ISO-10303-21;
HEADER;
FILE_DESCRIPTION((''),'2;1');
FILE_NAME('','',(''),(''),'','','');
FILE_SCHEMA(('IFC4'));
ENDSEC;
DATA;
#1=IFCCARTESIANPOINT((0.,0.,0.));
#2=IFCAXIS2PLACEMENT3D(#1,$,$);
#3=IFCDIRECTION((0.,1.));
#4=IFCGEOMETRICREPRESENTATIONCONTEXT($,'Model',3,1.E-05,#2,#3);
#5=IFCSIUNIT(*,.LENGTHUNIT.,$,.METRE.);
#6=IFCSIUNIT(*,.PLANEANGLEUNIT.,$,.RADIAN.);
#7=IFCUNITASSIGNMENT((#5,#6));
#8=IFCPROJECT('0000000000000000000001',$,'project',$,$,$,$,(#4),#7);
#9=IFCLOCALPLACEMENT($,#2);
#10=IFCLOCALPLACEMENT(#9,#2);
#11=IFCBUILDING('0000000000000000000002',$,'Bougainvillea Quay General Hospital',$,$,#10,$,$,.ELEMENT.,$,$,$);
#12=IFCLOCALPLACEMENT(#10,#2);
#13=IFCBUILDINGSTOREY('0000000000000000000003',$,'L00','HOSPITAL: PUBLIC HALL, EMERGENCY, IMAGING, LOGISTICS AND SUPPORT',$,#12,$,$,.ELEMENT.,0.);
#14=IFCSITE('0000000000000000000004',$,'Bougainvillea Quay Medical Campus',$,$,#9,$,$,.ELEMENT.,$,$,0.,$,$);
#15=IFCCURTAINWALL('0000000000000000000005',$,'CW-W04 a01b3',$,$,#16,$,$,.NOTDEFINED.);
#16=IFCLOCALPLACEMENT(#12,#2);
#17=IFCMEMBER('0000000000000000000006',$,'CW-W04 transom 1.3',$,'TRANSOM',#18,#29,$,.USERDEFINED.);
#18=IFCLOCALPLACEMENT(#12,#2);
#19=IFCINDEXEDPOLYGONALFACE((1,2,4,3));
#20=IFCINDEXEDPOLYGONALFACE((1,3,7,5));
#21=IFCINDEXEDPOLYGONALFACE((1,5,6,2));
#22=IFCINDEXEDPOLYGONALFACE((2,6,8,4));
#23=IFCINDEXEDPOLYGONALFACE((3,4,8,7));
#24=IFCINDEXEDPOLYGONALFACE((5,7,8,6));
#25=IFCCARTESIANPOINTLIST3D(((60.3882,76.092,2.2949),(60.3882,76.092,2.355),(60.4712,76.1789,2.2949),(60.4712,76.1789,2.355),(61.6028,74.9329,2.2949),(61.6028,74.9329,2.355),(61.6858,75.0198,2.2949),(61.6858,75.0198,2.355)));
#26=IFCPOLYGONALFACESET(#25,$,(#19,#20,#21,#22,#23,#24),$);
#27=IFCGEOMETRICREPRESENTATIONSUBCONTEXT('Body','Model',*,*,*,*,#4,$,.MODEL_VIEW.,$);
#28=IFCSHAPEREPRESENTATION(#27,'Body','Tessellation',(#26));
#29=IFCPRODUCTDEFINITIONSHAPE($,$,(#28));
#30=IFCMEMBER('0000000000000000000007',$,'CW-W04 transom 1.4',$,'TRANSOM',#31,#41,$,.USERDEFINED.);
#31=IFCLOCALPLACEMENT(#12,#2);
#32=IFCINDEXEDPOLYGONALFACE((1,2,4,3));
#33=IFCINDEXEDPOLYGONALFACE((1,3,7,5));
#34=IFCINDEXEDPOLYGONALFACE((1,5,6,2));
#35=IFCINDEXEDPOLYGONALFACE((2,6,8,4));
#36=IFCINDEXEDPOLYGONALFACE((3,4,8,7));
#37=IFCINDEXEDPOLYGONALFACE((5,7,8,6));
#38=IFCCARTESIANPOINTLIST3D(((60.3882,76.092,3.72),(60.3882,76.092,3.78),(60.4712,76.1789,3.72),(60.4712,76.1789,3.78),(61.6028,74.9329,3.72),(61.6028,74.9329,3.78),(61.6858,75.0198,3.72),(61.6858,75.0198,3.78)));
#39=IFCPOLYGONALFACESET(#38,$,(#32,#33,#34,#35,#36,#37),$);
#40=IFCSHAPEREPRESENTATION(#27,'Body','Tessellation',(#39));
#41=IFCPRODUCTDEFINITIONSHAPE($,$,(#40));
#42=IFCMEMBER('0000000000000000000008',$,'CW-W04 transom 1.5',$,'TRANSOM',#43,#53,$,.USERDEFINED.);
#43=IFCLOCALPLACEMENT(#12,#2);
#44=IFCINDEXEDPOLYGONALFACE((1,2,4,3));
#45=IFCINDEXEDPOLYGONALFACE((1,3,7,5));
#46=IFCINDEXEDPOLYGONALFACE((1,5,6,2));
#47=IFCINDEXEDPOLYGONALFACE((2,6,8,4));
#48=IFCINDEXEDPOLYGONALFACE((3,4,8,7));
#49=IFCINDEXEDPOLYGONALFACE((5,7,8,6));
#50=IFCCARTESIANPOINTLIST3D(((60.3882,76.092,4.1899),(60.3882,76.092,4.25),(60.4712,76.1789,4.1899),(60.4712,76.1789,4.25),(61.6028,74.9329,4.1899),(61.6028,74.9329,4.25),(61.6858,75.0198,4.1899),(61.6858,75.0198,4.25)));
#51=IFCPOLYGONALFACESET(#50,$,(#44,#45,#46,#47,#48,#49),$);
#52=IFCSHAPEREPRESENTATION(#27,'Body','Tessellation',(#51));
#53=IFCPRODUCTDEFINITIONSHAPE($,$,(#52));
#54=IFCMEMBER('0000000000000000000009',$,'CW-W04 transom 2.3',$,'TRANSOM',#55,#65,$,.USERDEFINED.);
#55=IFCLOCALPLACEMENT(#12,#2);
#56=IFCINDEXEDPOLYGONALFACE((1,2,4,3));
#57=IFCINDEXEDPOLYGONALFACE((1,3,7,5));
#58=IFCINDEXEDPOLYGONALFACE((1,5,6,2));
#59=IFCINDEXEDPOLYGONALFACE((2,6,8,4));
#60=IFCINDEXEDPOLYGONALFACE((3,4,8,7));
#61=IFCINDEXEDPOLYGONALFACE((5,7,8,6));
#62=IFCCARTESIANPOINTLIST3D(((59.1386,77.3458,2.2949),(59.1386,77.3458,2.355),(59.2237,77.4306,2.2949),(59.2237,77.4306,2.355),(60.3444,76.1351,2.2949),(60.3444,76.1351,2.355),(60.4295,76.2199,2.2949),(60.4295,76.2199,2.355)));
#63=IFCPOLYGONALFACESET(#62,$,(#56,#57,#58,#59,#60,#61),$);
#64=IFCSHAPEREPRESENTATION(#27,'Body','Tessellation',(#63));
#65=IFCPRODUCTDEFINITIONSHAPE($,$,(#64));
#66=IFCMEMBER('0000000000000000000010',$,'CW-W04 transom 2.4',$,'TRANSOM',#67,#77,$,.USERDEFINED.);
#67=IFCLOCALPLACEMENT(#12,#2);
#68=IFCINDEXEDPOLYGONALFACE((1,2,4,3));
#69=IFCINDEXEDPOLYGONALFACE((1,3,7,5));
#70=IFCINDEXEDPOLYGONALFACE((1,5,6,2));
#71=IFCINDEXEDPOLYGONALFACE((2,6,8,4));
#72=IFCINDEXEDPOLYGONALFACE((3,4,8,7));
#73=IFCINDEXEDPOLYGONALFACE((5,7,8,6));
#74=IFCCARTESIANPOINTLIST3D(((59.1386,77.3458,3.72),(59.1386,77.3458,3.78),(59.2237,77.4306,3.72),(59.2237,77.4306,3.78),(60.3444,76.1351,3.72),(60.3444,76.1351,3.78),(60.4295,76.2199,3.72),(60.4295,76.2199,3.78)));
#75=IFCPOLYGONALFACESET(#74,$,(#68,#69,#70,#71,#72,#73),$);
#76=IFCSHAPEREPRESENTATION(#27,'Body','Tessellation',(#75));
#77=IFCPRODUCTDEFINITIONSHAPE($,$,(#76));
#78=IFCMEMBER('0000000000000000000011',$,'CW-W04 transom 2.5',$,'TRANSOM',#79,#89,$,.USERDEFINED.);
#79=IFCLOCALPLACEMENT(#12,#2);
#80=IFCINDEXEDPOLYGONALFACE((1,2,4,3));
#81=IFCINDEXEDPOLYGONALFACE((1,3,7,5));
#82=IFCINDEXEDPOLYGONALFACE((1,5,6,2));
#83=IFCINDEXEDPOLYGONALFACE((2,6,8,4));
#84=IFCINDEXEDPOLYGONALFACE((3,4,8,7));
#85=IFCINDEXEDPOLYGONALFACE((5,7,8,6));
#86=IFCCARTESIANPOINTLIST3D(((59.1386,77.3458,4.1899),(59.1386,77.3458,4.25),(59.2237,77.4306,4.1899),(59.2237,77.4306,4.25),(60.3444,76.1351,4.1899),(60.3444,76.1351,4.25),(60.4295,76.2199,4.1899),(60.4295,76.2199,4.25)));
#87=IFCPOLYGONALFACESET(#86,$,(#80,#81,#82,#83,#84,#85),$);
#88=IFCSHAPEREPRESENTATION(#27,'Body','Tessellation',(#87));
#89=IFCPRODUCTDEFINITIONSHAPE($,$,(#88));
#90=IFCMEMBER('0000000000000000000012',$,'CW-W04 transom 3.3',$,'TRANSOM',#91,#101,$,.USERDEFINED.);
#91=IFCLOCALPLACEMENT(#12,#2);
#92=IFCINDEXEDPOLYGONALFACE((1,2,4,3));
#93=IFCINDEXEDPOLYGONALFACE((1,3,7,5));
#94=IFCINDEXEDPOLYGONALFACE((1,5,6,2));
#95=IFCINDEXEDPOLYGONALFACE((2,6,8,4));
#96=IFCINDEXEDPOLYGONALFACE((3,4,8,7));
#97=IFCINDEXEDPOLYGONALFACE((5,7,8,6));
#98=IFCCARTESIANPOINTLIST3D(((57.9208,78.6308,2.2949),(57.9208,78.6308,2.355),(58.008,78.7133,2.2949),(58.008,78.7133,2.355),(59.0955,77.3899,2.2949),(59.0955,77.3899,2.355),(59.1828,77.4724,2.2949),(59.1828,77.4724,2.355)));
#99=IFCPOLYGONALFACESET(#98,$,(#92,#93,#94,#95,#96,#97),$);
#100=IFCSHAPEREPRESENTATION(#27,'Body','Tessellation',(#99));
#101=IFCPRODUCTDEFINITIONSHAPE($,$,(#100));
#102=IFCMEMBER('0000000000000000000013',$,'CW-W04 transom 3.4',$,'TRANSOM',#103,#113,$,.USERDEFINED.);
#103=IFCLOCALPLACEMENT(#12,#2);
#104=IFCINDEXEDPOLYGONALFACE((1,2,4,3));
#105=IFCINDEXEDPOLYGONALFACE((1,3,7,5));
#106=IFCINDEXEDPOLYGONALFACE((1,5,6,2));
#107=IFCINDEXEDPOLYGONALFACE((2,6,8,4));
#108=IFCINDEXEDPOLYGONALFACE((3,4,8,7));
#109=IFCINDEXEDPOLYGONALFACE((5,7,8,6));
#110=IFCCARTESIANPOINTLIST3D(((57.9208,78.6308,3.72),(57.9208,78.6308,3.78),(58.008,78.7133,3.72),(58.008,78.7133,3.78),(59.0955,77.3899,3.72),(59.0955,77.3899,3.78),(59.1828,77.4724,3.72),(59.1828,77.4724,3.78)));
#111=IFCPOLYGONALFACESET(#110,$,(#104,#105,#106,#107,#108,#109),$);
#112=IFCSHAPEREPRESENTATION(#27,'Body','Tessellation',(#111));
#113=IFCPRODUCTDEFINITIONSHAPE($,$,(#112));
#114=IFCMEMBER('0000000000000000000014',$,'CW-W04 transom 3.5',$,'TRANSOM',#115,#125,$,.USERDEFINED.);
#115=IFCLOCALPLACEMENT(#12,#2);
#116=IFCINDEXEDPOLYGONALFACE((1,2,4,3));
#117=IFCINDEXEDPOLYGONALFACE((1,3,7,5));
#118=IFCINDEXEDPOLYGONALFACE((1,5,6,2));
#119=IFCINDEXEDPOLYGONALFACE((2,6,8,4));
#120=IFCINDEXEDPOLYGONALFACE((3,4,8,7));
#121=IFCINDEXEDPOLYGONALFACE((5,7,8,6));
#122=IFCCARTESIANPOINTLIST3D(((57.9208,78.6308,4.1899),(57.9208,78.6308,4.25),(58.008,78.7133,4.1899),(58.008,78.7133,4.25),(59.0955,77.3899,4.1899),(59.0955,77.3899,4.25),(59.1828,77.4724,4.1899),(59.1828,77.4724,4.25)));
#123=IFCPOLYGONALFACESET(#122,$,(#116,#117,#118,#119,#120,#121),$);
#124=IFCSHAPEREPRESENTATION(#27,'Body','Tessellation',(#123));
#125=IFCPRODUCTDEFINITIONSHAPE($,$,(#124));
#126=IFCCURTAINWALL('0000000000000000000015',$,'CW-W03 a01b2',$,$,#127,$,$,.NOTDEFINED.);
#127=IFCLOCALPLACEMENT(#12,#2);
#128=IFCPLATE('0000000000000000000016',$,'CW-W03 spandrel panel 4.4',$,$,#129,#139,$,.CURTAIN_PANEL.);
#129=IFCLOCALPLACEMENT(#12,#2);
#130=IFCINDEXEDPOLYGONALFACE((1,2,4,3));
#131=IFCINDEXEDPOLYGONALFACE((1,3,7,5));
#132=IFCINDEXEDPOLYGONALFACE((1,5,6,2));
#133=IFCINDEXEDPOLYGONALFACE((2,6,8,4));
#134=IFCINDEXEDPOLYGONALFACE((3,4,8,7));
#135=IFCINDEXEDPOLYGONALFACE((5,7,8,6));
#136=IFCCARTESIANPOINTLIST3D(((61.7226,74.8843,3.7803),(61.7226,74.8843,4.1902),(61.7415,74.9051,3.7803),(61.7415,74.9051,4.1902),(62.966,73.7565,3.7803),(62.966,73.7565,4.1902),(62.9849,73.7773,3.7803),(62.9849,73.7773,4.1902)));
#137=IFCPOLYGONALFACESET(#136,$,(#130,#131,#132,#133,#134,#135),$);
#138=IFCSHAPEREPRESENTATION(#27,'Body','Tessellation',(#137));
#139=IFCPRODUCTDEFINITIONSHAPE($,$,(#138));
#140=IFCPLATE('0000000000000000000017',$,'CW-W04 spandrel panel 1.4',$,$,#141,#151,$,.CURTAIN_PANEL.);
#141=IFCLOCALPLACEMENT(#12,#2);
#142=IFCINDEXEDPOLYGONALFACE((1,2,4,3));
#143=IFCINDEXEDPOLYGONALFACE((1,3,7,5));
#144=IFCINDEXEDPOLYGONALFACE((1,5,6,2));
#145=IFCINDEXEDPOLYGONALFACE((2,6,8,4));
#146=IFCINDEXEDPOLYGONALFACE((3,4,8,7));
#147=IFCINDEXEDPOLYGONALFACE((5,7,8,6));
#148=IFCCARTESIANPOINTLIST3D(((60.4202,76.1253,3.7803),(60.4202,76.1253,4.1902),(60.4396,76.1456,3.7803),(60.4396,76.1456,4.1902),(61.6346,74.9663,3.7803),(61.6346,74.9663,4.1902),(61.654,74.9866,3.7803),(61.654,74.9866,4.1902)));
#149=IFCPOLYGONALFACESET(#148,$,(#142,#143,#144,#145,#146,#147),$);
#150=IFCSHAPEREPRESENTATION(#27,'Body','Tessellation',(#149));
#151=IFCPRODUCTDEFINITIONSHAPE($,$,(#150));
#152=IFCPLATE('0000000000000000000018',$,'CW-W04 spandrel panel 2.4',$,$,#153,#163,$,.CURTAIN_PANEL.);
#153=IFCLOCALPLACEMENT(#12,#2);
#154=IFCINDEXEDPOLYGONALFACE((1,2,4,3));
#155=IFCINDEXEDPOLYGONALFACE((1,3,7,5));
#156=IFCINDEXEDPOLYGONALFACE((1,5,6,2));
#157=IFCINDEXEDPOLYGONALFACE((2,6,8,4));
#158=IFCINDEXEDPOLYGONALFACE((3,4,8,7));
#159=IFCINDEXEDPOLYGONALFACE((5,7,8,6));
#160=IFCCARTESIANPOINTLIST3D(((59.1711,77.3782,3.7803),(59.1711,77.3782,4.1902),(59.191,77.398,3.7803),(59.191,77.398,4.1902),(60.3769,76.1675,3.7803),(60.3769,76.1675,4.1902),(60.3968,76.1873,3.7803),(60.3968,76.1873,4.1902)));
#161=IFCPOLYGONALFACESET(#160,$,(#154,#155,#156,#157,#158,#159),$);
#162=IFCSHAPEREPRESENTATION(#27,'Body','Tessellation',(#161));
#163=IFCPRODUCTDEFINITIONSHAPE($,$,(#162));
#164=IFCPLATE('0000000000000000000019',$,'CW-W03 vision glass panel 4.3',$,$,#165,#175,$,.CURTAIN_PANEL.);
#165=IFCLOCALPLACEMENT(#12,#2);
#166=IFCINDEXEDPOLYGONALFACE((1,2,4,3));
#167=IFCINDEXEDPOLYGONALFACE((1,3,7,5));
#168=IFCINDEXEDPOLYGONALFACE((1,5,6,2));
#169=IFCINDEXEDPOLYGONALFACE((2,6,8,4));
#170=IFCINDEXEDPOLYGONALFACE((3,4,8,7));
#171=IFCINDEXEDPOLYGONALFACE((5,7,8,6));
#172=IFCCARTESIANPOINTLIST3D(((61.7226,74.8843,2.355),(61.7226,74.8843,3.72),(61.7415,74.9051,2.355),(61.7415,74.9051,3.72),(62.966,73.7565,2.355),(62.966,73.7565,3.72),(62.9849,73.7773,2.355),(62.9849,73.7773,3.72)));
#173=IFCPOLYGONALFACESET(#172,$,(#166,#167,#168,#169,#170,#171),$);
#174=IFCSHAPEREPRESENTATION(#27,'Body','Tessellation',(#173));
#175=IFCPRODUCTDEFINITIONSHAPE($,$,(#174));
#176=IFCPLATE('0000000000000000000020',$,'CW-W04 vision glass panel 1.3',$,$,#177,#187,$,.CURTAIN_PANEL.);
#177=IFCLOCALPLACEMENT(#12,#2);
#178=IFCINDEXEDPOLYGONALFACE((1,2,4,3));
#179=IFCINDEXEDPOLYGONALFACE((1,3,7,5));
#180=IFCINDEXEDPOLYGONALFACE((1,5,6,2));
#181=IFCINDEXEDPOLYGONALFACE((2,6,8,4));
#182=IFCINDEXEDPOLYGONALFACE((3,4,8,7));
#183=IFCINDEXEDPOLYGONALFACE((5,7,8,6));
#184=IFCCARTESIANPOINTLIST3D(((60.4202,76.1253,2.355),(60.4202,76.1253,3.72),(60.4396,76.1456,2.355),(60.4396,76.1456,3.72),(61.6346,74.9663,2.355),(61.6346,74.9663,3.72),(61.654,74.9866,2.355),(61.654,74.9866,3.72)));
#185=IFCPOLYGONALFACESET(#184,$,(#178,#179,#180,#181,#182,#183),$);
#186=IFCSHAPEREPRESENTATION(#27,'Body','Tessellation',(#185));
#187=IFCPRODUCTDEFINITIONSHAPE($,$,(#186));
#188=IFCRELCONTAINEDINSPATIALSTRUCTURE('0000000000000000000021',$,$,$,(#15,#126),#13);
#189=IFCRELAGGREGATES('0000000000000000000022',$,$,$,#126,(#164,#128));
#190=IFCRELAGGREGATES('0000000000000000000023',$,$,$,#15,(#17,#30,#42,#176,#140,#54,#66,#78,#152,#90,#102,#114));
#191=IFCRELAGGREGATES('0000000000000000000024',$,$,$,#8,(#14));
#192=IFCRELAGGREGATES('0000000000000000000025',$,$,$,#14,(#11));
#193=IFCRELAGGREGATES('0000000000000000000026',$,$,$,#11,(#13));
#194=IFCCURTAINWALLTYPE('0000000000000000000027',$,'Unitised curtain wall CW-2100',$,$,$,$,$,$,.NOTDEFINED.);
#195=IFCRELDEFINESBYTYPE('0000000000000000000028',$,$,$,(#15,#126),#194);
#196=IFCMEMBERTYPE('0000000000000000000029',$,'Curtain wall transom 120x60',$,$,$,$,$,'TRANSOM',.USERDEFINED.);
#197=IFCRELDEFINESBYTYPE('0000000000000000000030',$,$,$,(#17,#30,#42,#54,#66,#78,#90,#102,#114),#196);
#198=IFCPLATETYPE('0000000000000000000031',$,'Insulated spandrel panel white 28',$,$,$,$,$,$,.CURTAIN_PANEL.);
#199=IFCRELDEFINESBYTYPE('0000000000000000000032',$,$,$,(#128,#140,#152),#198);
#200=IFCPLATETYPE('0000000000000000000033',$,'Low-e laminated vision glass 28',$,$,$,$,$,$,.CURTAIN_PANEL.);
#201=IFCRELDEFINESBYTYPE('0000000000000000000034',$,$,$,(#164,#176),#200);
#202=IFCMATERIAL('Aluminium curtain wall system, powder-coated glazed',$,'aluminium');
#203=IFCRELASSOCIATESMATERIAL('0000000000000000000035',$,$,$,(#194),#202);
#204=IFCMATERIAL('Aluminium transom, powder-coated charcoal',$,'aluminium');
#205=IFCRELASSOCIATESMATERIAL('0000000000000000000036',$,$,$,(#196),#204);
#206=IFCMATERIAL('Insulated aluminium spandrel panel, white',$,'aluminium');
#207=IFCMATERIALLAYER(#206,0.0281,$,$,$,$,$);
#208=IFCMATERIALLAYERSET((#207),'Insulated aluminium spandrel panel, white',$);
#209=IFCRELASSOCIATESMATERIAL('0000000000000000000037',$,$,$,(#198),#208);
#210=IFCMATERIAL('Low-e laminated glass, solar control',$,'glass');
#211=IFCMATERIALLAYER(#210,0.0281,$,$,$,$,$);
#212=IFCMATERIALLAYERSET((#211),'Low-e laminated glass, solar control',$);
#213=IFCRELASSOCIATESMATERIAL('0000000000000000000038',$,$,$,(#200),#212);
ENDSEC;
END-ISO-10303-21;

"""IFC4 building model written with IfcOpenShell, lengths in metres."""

from ifc_helpers import new_model, si_unit, direction, frame, origin, origin_2d, place, context, subcontext, project, spatial, rectangle, extrude, material, layer, layer_set, material_profile, profile_set, type_object, element, aggregate, save


model = new_model("IFC4")

# Units and contexts
model_context = context("Model", 3, precision=1e-05, world=origin(), true_north=direction((0.0, 1.0)))
body_context = subcontext(model_context, "Body", "Model", "MODEL_VIEW")
ifc_project = project(units=[si_unit("LENGTHUNIT", "METRE"), si_unit("PLANEANGLEUNIT", "RADIAN")], contexts=[model_context])

# Site, building, storey
site_placement = place(None, origin())
site = spatial("IfcSite", under=ifc_project, at=site_placement, Name="Bougainvillea Quay Medical Campus", CompositionType="ELEMENT", RefElevation=0.0)
building_placement = place(site_placement, origin())
building = spatial("IfcBuilding", under=site, at=building_placement, Name="Bougainvillea Quay General Hospital", CompositionType="ELEMENT")
storey_placement = place(building_placement, origin())
storey = spatial("IfcBuildingStorey", under=building, at=storey_placement, Name="L00", Description="HOSPITAL: PUBLIC HALL, EMERGENCY, IMAGING, LOGISTICS AND SUPPORT", CompositionType="ELEMENT", Elevation=0.0)

# Curtain wall, members
ifc_material_1 = material(Name="Aluminium curtain wall system, powder-coated glazed", Category="aluminium")
curtain_wall_type = type_object("IfcCurtainWallType", Name="Unitised curtain wall CW-2100", PredefinedType="NOTDEFINED", material=ifc_material_1)
curtain_wall_1_placement = place(storey_placement, origin())
curtain_wall_1 = element("IfcCurtainWall", 1, at=curtain_wall_1_placement, inside=storey, type_object=curtain_wall_type, Name="CW-W04 a01b3", PredefinedType="NOTDEFINED")
ifc_material_2 = material(Name="Aluminium transom, powder-coated charcoal", Category="aluminium")
ifc_material_profile_1 = material_profile(ifc_material_2, rectangle(XDim=0.1201, YDim=0.0601, at=origin_2d()))
ifc_profile_set_1 = profile_set([ifc_material_profile_1], Name="Aluminium transom, powder-coated charcoal")
member_type = type_object("IfcMemberType", Name="Curtain wall transom 120x60", ElementType="TRANSOM", PredefinedType="USERDEFINED", material=ifc_profile_set_1)
member_1_placement = place(storey_placement, frame((61.6443, 74.9763, 2.325), z_axis=(-0.723418, 0.69041, 0.0), x_axis=(-0.69041, -0.723418, 0.0)))
member_1 = element("IfcMember", 2, at=member_1_placement, type_object=member_type, Name="CW-W04 transom 1.3", ObjectType="TRANSOM", PredefinedType="USERDEFINED", context=body_context, shape_type="SweptSolid", body=[
    extrude(rectangle(XDim=0.1201, YDim=0.0601, at=origin_2d()), origin(), (0.0, 0.0, 1.0), 1.679),
])
member_2_placement = place(storey_placement, frame((61.6443, 74.9763, 3.75), z_axis=(-0.723418, 0.69041, 0.0), x_axis=(-0.69041, -0.723418, 0.0)))
member_2 = element("IfcMember", 3, at=member_2_placement, type_object=member_type, Name="CW-W04 transom 1.4", ObjectType="TRANSOM", PredefinedType="USERDEFINED", context=body_context, shape_type="SweptSolid", body=[
    extrude(rectangle(XDim=0.1201, YDim=0.0601, at=origin_2d()), origin(), (0.0, 0.0, 1.0), 1.679),
])
member_3_placement = place(storey_placement, frame((61.6443, 74.9763, 4.22), z_axis=(-0.723418, 0.69041, 0.0), x_axis=(-0.69041, -0.723418, 0.0)))
member_3 = element("IfcMember", 4, at=member_3_placement, type_object=member_type, Name="CW-W04 transom 1.5", ObjectType="TRANSOM", PredefinedType="USERDEFINED", context=body_context, shape_type="SweptSolid", body=[
    extrude(rectangle(XDim=0.1201, YDim=0.0601, at=origin_2d()), origin(), (0.0, 0.0, 1.0), 1.679),
])
member_4_placement = place(storey_placement, frame((60.387, 76.1775, 2.325), z_axis=(-0.705677, 0.708534, 0.0), x_axis=(-0.708534, -0.705677, 0.0)))
member_4 = element("IfcMember", 5, at=member_4_placement, type_object=member_type, Name="CW-W04 transom 2.3", ObjectType="TRANSOM", PredefinedType="USERDEFINED", context=body_context, shape_type="SweptSolid", body=[
    extrude(rectangle(XDim=0.1201, YDim=0.0601, at=origin_2d()), origin(), (0.0, 0.0, 1.0), 1.7087),
])
member_5_placement = place(storey_placement, frame((60.387, 76.1775, 3.75), z_axis=(-0.705677, 0.708534, 0.0), x_axis=(-0.708534, -0.705677, 0.0)))
member_5 = element("IfcMember", 6, at=member_5_placement, type_object=member_type, Name="CW-W04 transom 2.4", ObjectType="TRANSOM", PredefinedType="USERDEFINED", context=body_context, shape_type="SweptSolid", body=[
    extrude(rectangle(XDim=0.1201, YDim=0.0601, at=origin_2d()), origin(), (0.0, 0.0, 1.0), 1.7087),
])
member_6_placement = place(storey_placement, frame((60.387, 76.1775, 4.22), z_axis=(-0.705677, 0.708534, 0.0), x_axis=(-0.708534, -0.705677, 0.0)))
member_6 = element("IfcMember", 7, at=member_6_placement, type_object=member_type, Name="CW-W04 transom 2.5", ObjectType="TRANSOM", PredefinedType="USERDEFINED", context=body_context, shape_type="SweptSolid", body=[
    extrude(rectangle(XDim=0.1201, YDim=0.0601, at=origin_2d()), origin(), (0.0, 0.0, 1.0), 1.7087),
])
member_7_placement = place(storey_placement, frame((59.1392, 77.4312, 2.325), z_axis=(-0.687483, 0.7262, 0.0), x_axis=(-0.7262, -0.687483, 0.0)))
member_7 = element("IfcMember", 8, at=member_7_placement, type_object=member_type, Name="CW-W04 transom 3.3", ObjectType="TRANSOM", PredefinedType="USERDEFINED", context=body_context, shape_type="SweptSolid", body=[
    extrude(rectangle(XDim=0.1201, YDim=0.0601, at=origin_2d()), origin(), (0.0, 0.0, 1.0), 1.7087),
])
member_8_placement = place(storey_placement, frame((59.1392, 77.4312, 3.75), z_axis=(-0.687483, 0.7262, 0.0), x_axis=(-0.7262, -0.687483, 0.0)))
member_8 = element("IfcMember", 9, at=member_8_placement, type_object=member_type, Name="CW-W04 transom 3.4", ObjectType="TRANSOM", PredefinedType="USERDEFINED", context=body_context, shape_type="SweptSolid", body=[
    extrude(rectangle(XDim=0.1201, YDim=0.0601, at=origin_2d()), origin(), (0.0, 0.0, 1.0), 1.7087),
])
member_9_placement = place(storey_placement, frame((59.1392, 77.4312, 4.22), z_axis=(-0.687483, 0.7262, 0.0), x_axis=(-0.7262, -0.687483, 0.0)))
member_9 = element("IfcMember", 10, at=member_9_placement, type_object=member_type, Name="CW-W04 transom 3.5", ObjectType="TRANSOM", PredefinedType="USERDEFINED", context=body_context, shape_type="SweptSolid", body=[
    extrude(rectangle(XDim=0.1201, YDim=0.0601, at=origin_2d()), origin(), (0.0, 0.0, 1.0), 1.7087),
])

# Curtain wall, plate
curtain_wall_2_placement = place(storey_placement, origin())
curtain_wall_2 = element("IfcCurtainWall", 11, at=curtain_wall_2_placement, inside=storey, type_object=curtain_wall_type, Name="CW-W03 a01b2", PredefinedType="NOTDEFINED")
ifc_material_3 = material(Name="Insulated aluminium spandrel panel, white", Category="aluminium")
ifc_layer_1 = layer(ifc_material_3, 0.0281)
ifc_layer_set_1 = layer_set([ifc_layer_1], Name="Insulated aluminium spandrel panel, white")
plate_type_1 = type_object("IfcPlateType", Name="Insulated spandrel panel white 28", PredefinedType="CURTAIN_PANEL", material=ifc_layer_set_1)
plate_1_placement = place(storey_placement, frame((62.3538, 74.3308, 3.7803), z_axis=(0.0, 0.0, 1.0), x_axis=(-0.740693, 0.671843, 0.0)))
plate_1 = element("IfcPlate", 12, at=plate_1_placement, type_object=plate_type_1, Name="CW-W03 spandrel panel 4.4", PredefinedType="CURTAIN_PANEL", context=body_context, shape_type="SweptSolid", body=[
    extrude(rectangle(XDim=1.6787, YDim=0.0281, at=origin_2d()), origin(), (0.0, 0.0, 1.0), 0.4099),
])

# Plates
plate_2_placement = place(storey_placement, frame((61.0371, 75.5559, 3.7803), z_axis=(0.0, 0.0, 1.0), x_axis=(-0.723419, 0.690409, 0.0)))
plate_2 = element("IfcPlate", 13, at=plate_2_placement, type_object=plate_type_1, Name="CW-W04 spandrel panel 1.4", PredefinedType="CURTAIN_PANEL", context=body_context, shape_type="SweptSolid", body=[
    extrude(rectangle(XDim=1.6787, YDim=0.0281, at=origin_2d()), origin(), (0.0, 0.0, 1.0), 0.4099),
])
plate_3_placement = place(storey_placement, frame((59.7839, 76.7827, 3.7803), z_axis=(0.0, 0.0, 1.0), x_axis=(-0.70568, 0.708531, 0.0)))
plate_3 = element("IfcPlate", 14, at=plate_3_placement, type_object=plate_type_1, Name="CW-W04 spandrel panel 2.4", PredefinedType="CURTAIN_PANEL", context=body_context, shape_type="SweptSolid", body=[
    extrude(rectangle(XDim=1.7087, YDim=0.0281, at=origin_2d()), origin(), (0.0, 0.0, 1.0), 0.4099),
])
ifc_material_4 = material(Name="Low-e laminated glass, solar control", Category="glass")
ifc_layer_2 = layer(ifc_material_4, 0.0281)
ifc_layer_set_2 = layer_set([ifc_layer_2], Name="Low-e laminated glass, solar control")
plate_type_2 = type_object("IfcPlateType", Name="Low-e laminated vision glass 28", PredefinedType="CURTAIN_PANEL", material=ifc_layer_set_2)
plate_4_placement = place(storey_placement, frame((62.3538, 74.3308, 2.355), z_axis=(0.0, 0.0, 1.0), x_axis=(-0.740693, 0.671843, 0.0)))
plate_4 = element("IfcPlate", 15, at=plate_4_placement, type_object=plate_type_2, Name="CW-W03 vision glass panel 4.3", PredefinedType="CURTAIN_PANEL", context=body_context, shape_type="SweptSolid", body=[
    extrude(rectangle(XDim=1.6787, YDim=0.0281, at=origin_2d()), origin(), (0.0, 0.0, 1.0), 1.365),
])
aggregate(curtain_wall_2, [plate_4, plate_1])
plate_5_placement = place(storey_placement, frame((61.0371, 75.5559, 2.355), z_axis=(0.0, 0.0, 1.0), x_axis=(-0.723419, 0.690409, 0.0)))
plate_5 = element("IfcPlate", 16, at=plate_5_placement, type_object=plate_type_2, Name="CW-W04 vision glass panel 1.3", PredefinedType="CURTAIN_PANEL", context=body_context, shape_type="SweptSolid", body=[
    extrude(rectangle(XDim=1.6787, YDim=0.0281, at=origin_2d()), origin(), (0.0, 0.0, 1.0), 1.365),
])
aggregate(curtain_wall_1, [member_1, member_2, member_3, plate_5, plate_2, member_4, member_5, member_6, plate_3, member_7, member_8, member_9])

save(model, "model.ifc")
